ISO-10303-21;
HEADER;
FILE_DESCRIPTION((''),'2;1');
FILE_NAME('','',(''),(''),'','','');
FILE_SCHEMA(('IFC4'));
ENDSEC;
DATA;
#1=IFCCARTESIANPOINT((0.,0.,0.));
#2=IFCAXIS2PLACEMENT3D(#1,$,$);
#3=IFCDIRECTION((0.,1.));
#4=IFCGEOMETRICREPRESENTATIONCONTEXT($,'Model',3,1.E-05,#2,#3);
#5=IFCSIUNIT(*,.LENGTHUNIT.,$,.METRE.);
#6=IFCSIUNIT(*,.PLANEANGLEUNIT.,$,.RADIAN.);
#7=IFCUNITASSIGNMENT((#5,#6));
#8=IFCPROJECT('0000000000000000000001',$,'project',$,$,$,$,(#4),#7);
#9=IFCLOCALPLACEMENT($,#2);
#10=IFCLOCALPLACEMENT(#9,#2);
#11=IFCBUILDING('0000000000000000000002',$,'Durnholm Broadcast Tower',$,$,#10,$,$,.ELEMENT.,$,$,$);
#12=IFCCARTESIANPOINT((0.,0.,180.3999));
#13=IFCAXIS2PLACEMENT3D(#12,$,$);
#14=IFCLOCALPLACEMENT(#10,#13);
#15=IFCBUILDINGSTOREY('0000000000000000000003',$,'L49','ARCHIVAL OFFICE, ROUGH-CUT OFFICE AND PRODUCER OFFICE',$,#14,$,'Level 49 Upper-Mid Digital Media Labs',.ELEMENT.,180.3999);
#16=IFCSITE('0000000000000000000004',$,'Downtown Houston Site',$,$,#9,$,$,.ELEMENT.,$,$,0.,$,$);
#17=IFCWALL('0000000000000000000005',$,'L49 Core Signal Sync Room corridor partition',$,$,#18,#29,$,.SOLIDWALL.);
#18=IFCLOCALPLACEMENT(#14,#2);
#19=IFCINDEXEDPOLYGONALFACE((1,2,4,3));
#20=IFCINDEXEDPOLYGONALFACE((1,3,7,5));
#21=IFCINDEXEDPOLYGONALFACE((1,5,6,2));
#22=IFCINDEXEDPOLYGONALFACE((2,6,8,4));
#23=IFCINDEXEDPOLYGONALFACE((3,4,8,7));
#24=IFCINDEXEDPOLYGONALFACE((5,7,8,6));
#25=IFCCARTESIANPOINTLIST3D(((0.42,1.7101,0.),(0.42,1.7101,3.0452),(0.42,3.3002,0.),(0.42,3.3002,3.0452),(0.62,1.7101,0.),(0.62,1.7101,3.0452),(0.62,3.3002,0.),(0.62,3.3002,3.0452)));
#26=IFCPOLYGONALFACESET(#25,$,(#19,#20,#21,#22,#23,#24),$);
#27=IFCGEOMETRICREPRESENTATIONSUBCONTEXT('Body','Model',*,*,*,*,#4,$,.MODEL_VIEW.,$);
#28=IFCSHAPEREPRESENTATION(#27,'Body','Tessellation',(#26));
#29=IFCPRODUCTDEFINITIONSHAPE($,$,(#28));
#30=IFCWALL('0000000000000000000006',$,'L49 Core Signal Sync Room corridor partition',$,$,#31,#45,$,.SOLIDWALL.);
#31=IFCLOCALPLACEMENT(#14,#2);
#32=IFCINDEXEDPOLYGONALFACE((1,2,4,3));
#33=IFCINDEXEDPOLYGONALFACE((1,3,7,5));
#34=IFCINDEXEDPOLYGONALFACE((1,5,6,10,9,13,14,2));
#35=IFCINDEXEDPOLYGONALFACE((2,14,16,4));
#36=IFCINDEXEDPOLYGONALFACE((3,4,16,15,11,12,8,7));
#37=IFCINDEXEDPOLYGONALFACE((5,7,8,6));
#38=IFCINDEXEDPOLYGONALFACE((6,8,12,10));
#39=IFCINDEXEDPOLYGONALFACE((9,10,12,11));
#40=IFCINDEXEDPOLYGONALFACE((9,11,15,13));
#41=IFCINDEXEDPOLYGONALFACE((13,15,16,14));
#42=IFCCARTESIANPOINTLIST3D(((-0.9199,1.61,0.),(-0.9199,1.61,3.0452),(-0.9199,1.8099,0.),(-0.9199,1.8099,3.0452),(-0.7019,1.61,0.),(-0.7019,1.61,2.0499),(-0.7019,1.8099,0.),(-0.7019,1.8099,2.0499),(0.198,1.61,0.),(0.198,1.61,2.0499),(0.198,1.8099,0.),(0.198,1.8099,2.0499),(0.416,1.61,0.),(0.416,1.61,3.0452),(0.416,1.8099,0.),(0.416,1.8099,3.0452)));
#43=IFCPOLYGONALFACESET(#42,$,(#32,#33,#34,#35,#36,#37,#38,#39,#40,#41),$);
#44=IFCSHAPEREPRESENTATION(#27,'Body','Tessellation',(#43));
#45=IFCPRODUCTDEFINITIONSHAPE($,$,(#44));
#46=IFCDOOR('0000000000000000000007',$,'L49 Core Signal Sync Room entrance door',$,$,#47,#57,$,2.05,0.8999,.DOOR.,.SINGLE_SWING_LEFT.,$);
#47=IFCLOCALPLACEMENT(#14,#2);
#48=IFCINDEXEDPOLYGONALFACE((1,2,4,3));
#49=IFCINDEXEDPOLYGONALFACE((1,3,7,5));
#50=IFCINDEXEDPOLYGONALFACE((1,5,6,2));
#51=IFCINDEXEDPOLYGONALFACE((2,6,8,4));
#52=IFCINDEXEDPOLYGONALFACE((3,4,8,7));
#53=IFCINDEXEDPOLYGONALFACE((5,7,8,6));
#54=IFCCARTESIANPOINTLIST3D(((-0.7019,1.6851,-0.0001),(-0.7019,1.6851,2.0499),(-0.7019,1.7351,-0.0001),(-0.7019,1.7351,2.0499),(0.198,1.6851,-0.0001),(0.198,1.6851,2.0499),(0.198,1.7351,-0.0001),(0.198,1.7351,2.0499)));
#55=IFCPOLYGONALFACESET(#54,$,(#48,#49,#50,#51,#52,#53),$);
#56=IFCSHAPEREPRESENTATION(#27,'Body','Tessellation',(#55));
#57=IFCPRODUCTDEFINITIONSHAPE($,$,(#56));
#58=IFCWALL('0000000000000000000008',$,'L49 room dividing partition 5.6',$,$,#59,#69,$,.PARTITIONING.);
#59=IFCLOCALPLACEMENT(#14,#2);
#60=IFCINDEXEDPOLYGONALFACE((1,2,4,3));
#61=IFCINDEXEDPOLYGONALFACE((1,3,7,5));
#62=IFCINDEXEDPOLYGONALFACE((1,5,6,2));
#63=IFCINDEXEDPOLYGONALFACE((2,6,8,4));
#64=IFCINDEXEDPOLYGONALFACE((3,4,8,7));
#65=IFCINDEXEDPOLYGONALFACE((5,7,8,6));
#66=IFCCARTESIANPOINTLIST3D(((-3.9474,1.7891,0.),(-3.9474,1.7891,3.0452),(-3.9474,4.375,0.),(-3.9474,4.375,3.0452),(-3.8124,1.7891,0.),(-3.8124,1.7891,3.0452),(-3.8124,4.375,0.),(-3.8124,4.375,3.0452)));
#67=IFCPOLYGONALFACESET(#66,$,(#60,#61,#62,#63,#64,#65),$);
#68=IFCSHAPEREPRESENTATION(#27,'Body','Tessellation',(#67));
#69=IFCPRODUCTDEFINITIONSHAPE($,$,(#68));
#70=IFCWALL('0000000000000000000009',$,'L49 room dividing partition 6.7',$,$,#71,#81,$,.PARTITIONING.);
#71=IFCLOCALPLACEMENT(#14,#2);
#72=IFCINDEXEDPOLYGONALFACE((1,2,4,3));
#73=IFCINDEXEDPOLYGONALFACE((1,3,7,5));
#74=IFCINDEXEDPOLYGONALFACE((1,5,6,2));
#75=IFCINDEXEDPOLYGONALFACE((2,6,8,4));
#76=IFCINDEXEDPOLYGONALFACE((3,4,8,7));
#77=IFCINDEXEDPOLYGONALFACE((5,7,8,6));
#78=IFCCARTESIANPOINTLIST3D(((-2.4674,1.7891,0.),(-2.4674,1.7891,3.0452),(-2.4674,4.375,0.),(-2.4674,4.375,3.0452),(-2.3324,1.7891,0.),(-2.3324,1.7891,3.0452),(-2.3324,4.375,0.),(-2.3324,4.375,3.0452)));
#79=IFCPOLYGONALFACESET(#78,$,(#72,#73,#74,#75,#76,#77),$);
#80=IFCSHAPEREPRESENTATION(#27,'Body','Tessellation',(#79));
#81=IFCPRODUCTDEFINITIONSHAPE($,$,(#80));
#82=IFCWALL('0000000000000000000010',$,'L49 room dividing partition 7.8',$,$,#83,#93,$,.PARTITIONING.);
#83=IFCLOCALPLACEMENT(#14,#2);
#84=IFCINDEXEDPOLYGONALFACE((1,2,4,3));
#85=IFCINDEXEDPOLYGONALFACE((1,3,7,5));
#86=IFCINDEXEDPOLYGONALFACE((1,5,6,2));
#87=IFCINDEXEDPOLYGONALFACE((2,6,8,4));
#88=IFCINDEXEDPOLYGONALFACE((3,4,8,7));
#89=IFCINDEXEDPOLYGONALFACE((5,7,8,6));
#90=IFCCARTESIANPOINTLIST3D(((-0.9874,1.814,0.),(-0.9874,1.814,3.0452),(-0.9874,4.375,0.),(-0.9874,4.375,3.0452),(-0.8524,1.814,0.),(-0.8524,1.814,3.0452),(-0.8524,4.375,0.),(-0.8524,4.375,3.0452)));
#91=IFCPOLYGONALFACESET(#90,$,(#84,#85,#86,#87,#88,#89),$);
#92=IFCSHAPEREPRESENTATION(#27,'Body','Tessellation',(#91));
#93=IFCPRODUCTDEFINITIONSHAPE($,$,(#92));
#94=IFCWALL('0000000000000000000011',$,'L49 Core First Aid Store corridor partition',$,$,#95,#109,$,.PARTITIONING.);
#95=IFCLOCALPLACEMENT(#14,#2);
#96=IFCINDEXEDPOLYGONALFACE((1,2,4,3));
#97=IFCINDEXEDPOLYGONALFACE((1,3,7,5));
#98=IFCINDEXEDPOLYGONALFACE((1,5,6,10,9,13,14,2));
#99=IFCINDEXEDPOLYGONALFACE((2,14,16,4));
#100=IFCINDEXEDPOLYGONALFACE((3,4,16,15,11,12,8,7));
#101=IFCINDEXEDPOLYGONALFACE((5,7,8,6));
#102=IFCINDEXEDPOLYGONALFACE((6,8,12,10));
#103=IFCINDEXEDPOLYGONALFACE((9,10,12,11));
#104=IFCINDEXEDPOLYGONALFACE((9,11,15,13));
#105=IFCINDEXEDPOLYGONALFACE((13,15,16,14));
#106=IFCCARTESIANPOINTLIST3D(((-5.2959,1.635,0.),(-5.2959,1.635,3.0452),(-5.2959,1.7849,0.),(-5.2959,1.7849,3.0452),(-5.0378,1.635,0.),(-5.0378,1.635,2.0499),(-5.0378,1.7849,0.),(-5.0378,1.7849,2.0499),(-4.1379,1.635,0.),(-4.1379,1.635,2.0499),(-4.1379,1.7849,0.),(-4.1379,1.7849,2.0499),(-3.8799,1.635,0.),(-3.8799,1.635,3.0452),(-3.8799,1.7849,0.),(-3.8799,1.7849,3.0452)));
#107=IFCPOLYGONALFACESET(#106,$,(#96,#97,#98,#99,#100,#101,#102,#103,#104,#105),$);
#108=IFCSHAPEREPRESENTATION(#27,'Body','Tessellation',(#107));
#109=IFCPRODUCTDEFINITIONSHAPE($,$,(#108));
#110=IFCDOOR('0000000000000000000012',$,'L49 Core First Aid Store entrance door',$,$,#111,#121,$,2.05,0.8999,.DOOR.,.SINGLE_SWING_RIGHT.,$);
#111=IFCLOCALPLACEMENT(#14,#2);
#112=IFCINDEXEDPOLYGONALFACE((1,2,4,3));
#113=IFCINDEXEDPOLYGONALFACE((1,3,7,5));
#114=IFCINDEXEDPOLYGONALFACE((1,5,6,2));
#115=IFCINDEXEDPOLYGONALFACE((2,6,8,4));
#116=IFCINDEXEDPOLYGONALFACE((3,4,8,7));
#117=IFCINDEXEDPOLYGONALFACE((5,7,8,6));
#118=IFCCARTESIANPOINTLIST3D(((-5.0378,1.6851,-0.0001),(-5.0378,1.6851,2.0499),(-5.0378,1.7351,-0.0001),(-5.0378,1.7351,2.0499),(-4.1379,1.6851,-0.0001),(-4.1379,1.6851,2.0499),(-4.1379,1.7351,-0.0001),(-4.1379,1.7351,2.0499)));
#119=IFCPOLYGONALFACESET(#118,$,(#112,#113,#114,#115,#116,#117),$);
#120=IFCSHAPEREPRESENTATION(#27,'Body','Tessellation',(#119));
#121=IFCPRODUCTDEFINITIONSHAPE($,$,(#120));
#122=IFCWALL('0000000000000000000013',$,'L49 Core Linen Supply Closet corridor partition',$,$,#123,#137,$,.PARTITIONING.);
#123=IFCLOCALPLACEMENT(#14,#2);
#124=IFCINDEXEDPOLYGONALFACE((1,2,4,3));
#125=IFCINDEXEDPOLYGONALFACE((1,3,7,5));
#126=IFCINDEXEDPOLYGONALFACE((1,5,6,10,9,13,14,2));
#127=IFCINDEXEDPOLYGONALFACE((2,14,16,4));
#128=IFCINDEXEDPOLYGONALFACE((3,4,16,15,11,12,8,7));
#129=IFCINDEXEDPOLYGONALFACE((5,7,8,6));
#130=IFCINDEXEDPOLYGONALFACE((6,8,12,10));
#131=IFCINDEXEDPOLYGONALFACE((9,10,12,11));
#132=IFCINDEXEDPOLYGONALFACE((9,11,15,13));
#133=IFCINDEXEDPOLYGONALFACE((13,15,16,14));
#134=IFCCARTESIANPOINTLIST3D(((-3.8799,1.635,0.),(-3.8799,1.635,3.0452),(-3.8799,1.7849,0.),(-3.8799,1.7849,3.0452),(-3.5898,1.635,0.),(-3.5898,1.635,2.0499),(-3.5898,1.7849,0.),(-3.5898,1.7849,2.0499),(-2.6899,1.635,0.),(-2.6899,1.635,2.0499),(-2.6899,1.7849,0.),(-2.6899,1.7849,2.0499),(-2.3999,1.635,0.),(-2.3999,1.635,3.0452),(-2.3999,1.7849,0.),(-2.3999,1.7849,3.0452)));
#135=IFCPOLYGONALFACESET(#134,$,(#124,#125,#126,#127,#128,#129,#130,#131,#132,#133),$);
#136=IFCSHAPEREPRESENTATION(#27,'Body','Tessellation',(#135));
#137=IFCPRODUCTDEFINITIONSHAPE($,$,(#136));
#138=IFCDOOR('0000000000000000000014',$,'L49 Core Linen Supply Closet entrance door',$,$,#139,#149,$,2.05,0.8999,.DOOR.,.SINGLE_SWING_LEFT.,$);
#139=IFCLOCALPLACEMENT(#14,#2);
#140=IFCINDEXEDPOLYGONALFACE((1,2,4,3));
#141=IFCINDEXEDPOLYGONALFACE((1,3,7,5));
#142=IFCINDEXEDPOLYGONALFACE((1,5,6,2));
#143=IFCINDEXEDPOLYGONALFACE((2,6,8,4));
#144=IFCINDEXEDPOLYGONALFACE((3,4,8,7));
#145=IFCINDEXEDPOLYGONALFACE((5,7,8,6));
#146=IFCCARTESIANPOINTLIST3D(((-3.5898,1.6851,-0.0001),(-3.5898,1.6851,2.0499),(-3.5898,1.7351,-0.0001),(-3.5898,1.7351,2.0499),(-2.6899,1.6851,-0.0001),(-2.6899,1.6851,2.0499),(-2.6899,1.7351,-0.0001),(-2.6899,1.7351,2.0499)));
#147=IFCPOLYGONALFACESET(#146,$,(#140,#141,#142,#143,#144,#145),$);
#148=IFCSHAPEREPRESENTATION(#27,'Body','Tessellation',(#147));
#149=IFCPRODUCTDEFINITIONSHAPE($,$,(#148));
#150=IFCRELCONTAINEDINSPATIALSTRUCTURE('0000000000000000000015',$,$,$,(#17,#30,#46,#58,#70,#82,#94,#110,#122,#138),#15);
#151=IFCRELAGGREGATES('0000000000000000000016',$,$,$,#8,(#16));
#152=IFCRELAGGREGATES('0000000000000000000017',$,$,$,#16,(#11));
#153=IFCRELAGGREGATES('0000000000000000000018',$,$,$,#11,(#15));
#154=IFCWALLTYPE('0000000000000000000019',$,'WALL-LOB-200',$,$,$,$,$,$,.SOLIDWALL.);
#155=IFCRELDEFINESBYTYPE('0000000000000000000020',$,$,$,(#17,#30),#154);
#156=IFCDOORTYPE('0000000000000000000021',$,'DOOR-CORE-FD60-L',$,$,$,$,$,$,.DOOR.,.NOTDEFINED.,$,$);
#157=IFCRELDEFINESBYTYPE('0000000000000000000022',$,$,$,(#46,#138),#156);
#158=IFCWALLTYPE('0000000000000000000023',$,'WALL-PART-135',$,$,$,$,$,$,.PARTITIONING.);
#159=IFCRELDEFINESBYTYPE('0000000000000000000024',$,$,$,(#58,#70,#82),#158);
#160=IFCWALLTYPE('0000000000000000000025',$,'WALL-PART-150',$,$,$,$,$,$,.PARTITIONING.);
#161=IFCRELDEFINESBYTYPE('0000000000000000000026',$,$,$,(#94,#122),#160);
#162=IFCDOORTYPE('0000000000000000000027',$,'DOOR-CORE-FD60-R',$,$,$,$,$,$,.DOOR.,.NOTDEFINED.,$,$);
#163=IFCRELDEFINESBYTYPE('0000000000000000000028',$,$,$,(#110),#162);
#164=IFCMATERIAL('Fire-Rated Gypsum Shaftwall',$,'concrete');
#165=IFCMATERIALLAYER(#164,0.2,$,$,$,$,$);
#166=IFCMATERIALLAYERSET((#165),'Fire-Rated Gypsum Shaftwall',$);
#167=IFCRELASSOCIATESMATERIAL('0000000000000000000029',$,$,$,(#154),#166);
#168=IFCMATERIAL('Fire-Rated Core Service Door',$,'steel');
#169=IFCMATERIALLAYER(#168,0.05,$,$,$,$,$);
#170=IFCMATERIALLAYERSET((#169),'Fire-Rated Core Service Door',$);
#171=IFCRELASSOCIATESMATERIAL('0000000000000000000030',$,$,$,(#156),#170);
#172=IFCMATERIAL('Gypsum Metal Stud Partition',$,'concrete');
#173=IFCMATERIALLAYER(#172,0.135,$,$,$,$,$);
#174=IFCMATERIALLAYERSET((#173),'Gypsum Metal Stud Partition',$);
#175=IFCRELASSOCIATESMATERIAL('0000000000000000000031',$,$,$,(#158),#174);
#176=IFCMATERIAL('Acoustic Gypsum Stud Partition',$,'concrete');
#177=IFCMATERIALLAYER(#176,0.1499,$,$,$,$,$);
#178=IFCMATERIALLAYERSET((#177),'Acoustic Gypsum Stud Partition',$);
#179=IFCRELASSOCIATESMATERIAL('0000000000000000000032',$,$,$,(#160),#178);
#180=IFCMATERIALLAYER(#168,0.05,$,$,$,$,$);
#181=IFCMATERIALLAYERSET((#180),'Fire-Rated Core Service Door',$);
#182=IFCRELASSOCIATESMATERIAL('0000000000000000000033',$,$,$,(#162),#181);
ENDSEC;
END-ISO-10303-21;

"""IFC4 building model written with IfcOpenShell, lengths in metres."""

from ifc_helpers import new_model, si_unit, direction, frame, frame_2d, origin, place, context, subcontext, project, spatial, rectangle, extrude, source, transform, mapped, material, layer, layer_set, type_object, type_shapes, element, fill, save


model = new_model("IFC4")

# Units and contexts
model_context = context("Model", 3, precision=1e-05, world=origin(), true_north=direction((0.0, 1.0)))
body_context = subcontext(model_context, "Body", "Model", "MODEL_VIEW")
ifc_project = project(units=[si_unit("LENGTHUNIT", "METRE"), si_unit("PLANEANGLEUNIT", "RADIAN")], contexts=[model_context])

# Site, building, storey
site_placement = place(None, origin())
site = spatial("IfcSite", under=ifc_project, at=site_placement, Name="Downtown Houston Site", CompositionType="ELEMENT", RefElevation=0.0)
building_placement = place(site_placement, origin())
building = spatial("IfcBuilding", under=site, at=building_placement, Name="Durnholm Broadcast Tower", CompositionType="ELEMENT")
storey_placement = place(building_placement, frame((0.0, 0.0, 180.3999)))
storey = spatial("IfcBuildingStorey", under=building, at=storey_placement, Name="L49", Description="ARCHIVAL OFFICE, ROUGH-CUT OFFICE AND PRODUCER OFFICE", LongName="Level 49 Upper-Mid Digital Media Labs", CompositionType="ELEMENT", Elevation=180.3999)

# Shared definitions
ifc_material_1 = material(Name="Fire-Rated Gypsum Shaftwall", Category="concrete")
ifc_layer_1 = layer(ifc_material_1, 0.2)
ifc_layer_set_1 = layer_set([ifc_layer_1], Name="Fire-Rated Gypsum Shaftwall")
wall_type_1 = type_object("IfcWallType", Name="WALL-LOB-200", PredefinedType="SOLIDWALL", material=ifc_layer_set_1)

# Wall
wall_1_placement = place(storey_placement, frame((0.52, 3.3, 0.0), z_axis=(0.0, 0.0, 1.0), x_axis=(0.0, -1.0, 0.0)))
element("IfcWall", 1, at=wall_1_placement, inside=storey, type_object=wall_type_1, Name="L49 Core Signal Sync Room corridor partition", PredefinedType="SOLIDWALL", context=body_context, shape_type="SweptSolid", body=[
    extrude(rectangle(XDim=1.5901, YDim=0.2, at=frame_2d((0.7949, 0.0))), origin(), (0.0, 0.0, 1.0), 3.0452),
])

# Wall, opening, door
wall_2_placement = place(storey_placement, frame((0.416, 1.71, 0.0), z_axis=(0.0, 0.0, 1.0), x_axis=(-1.0, 0.0, 0.0)))
wall_2 = element("IfcWall", 2, at=wall_2_placement, inside=storey, type_object=wall_type_1, Name="L49 Core Signal Sync Room corridor partition", PredefinedType="SOLIDWALL", context=body_context, shape_type="SweptSolid", body=[
    extrude(rectangle(XDim=1.3359, YDim=0.2, at=frame_2d((0.668, 0.0))), origin(), (0.0, 0.0, 1.0), 3.0452),
])
opening_1_placement = place(wall_2_placement, frame((0.218, 0.0, 0.0)))
opening_1 = element("IfcOpeningElement", 3, at=opening_1_placement, cuts=wall_2, PredefinedType="OPENING", context=body_context, shape_type="SweptSolid", body=[
    extrude(rectangle(XDim=0.8999, YDim=2.05, at=frame_2d((0.45, 1.0249))), frame((0.0, 0.1099, 0.0), z_axis=(0.0, -1.0, 0.0), x_axis=(1.0, 0.0, 0.0)), (0.0, 0.0, 1.0), 0.22),
])
ifc_material_2 = material(Name="Fire-Rated Core Service Door", Category="steel")
ifc_layer_2 = layer(ifc_material_2, 0.05)
ifc_layer_set_2 = layer_set([ifc_layer_2], Name="Fire-Rated Core Service Door")
door_type_1 = type_object("IfcDoorType", Name="DOOR-CORE-FD60-L", OperationType="NOTDEFINED", PredefinedType="DOOR", material=ifc_layer_set_2)
shared_shape_1 = source(origin(), body_context, "Body", "SweptSolid", [
    extrude(rectangle(XDim=0.8999, YDim=2.05, at=frame_2d((0.45, 1.0249))), frame((0.0, 0.0249, 0.0), z_axis=(0.0, -1.0, 0.0), x_axis=(1.0, 0.0, 0.0)), (0.0, 0.0, 1.0), 0.05),
])
type_shapes(door_type_1, [shared_shape_1])
door_1_placement = place(opening_1_placement, origin())
door_1 = element("IfcDoor", 4, at=door_1_placement, inside=storey, type_object=door_type_1, Name="L49 Core Signal Sync Room entrance door", OperationType="SINGLE_SWING_LEFT", OverallHeight=2.05, OverallWidth=0.8999, PredefinedType="DOOR", context=body_context, shape_type="MappedRepresentation", body=[
    mapped(shared_shape_1, transform((0.0, 0.0, 0.0), x_axis=(1.0, 0.0, 0.0), y_axis=(0.0, 1.0, 0.0), z_axis=(0.0, 0.0, 1.0), scale=1.0)),
])
fill(opening_1, door_1)

# Walls
ifc_material_3 = material(Name="Gypsum Metal Stud Partition", Category="concrete")
ifc_layer_3 = layer(ifc_material_3, 0.135)
ifc_layer_set_3 = layer_set([ifc_layer_3], Name="Gypsum Metal Stud Partition")
wall_type_2 = type_object("IfcWallType", Name="WALL-PART-135", PredefinedType="PARTITIONING", material=ifc_layer_set_3)
for number, where, z_axis, x_axis, name in (
    (5, (-3.8799, 4.375, 0.0), (0.0, 0.0, 1.0), (0.0, -1.0, 0.0), "L49 room dividing partition 5.6"),
    (6, (-2.3999, 4.375, 0.0), (0.0, 0.0, 1.0), (0.0, -1.0, 0.0), "L49 room dividing partition 6.7"),
):
    element("IfcWall", number, at=place(storey_placement, frame(where, z_axis=z_axis, x_axis=x_axis)), inside=storey, type_object=wall_type_2, Name=name, PredefinedType="PARTITIONING", context=body_context, shape_type="SweptSolid", body=[
        extrude(rectangle(XDim=2.5859, YDim=0.135, at=frame_2d((1.293, 0.0))), origin(), (0.0, 0.0, 1.0), 3.0452),
    ])
wall_3_placement = place(storey_placement, frame((-0.9199, 4.375, 0.0), z_axis=(0.0, 0.0, 1.0), x_axis=(0.0, -1.0, 0.0)))
element("IfcWall", 7, at=wall_3_placement, inside=storey, type_object=wall_type_2, Name="L49 room dividing partition 7.8", PredefinedType="PARTITIONING", context=body_context, shape_type="SweptSolid", body=[
    extrude(rectangle(XDim=2.561, YDim=0.135, at=frame_2d((1.2805, 0.0))), origin(), (0.0, 0.0, 1.0), 3.0452),
])

# Walls, openings, doors
ifc_material_4 = material(Name="Acoustic Gypsum Stud Partition", Category="concrete")
ifc_layer_4 = layer(ifc_material_4, 0.1499)
ifc_layer_set_4 = layer_set([ifc_layer_4], Name="Acoustic Gypsum Stud Partition")
wall_type_3 = type_object("IfcWallType", Name="WALL-PART-150", PredefinedType="PARTITIONING", material=ifc_layer_set_4)
wall_4_placement = place(storey_placement, frame((-3.8799, 1.71, 0.0), z_axis=(0.0, 0.0, 1.0), x_axis=(-1.0, 0.0, 0.0)))
wall_4 = element("IfcWall", 8, at=wall_4_placement, inside=storey, type_object=wall_type_3, Name="L49 Core First Aid Store corridor partition", PredefinedType="PARTITIONING", context=body_context, shape_type="SweptSolid", body=[
    extrude(rectangle(XDim=1.416, YDim=0.1499, at=frame_2d((0.708, 0.0))), origin(), (0.0, 0.0, 1.0), 3.0452),
])
opening_2_placement = place(wall_4_placement, frame((0.2581, 0.0, 0.0)))
opening_2 = element("IfcOpeningElement", 9, at=opening_2_placement, cuts=wall_4, PredefinedType="OPENING", context=body_context, shape_type="SweptSolid", body=[
    extrude(rectangle(XDim=0.8999, YDim=2.05, at=frame_2d((0.45, 1.0249))), frame((0.0, 0.085, 0.0), z_axis=(0.0, -1.0, 0.0), x_axis=(1.0, 0.0, 0.0)), (0.0, 0.0, 1.0), 0.1699),
])
ifc_layer_5 = layer(ifc_material_2, 0.05)
ifc_layer_set_5 = layer_set([ifc_layer_5], Name="Fire-Rated Core Service Door")
door_type_2 = type_object("IfcDoorType", Name="DOOR-CORE-FD60-R", OperationType="NOTDEFINED", PredefinedType="DOOR", material=ifc_layer_set_5)
shared_shape_2 = source(origin(), body_context, "Body", "SweptSolid", [
    extrude(rectangle(XDim=0.8999, YDim=2.05, at=frame_2d((0.45, 1.0249))), frame((0.0, 0.0249, 0.0), z_axis=(0.0, -1.0, 0.0), x_axis=(1.0, 0.0, 0.0)), (0.0, 0.0, 1.0), 0.05),
])
type_shapes(door_type_2, [shared_shape_2])
door_2_placement = place(opening_2_placement, origin())
door_2 = element("IfcDoor", 10, at=door_2_placement, inside=storey, type_object=door_type_2, Name="L49 Core First Aid Store entrance door", OperationType="SINGLE_SWING_RIGHT", OverallHeight=2.05, OverallWidth=0.8999, PredefinedType="DOOR", context=body_context, shape_type="MappedRepresentation", body=[
    mapped(shared_shape_2, transform((0.0, 0.0, 0.0), x_axis=(1.0, 0.0, 0.0), y_axis=(0.0, 1.0, 0.0), z_axis=(0.0, 0.0, 1.0), scale=1.0)),
])
fill(opening_2, door_2)
wall_5_placement = place(storey_placement, frame((-2.3999, 1.71, 0.0), z_axis=(0.0, 0.0, 1.0), x_axis=(-1.0, 0.0, 0.0)))
wall_5 = element("IfcWall", 11, at=wall_5_placement, inside=storey, type_object=wall_type_3, Name="L49 Core Linen Supply Closet corridor partition", PredefinedType="PARTITIONING", context=body_context, shape_type="SweptSolid", body=[
    extrude(rectangle(XDim=1.48, YDim=0.1499, at=frame_2d((0.74, 0.0))), origin(), (0.0, 0.0, 1.0), 3.0452),
])
opening_3_placement = place(wall_5_placement, frame((0.29, 0.0, 0.0)))
opening_3 = element("IfcOpeningElement", 12, at=opening_3_placement, cuts=wall_5, PredefinedType="OPENING", context=body_context, shape_type="SweptSolid", body=[
    extrude(rectangle(XDim=0.8999, YDim=2.05, at=frame_2d((0.45, 1.0249))), frame((0.0, 0.085, 0.0), z_axis=(0.0, -1.0, 0.0), x_axis=(1.0, 0.0, 0.0)), (0.0, 0.0, 1.0), 0.1699),
])
door_3_placement = place(opening_3_placement, origin())
door_3 = element("IfcDoor", 13, at=door_3_placement, inside=storey, type_object=door_type_1, Name="L49 Core Linen Supply Closet entrance door", OperationType="SINGLE_SWING_LEFT", OverallHeight=2.05, OverallWidth=0.8999, PredefinedType="DOOR", context=body_context, shape_type="MappedRepresentation", body=[
    mapped(shared_shape_1, transform((0.0, 0.0, 0.0), x_axis=(1.0, 0.0, 0.0), y_axis=(0.0, 1.0, 0.0), z_axis=(0.0, 0.0, 1.0), scale=1.0)),
])
fill(opening_3, door_3)

save(model, "model.ifc")
